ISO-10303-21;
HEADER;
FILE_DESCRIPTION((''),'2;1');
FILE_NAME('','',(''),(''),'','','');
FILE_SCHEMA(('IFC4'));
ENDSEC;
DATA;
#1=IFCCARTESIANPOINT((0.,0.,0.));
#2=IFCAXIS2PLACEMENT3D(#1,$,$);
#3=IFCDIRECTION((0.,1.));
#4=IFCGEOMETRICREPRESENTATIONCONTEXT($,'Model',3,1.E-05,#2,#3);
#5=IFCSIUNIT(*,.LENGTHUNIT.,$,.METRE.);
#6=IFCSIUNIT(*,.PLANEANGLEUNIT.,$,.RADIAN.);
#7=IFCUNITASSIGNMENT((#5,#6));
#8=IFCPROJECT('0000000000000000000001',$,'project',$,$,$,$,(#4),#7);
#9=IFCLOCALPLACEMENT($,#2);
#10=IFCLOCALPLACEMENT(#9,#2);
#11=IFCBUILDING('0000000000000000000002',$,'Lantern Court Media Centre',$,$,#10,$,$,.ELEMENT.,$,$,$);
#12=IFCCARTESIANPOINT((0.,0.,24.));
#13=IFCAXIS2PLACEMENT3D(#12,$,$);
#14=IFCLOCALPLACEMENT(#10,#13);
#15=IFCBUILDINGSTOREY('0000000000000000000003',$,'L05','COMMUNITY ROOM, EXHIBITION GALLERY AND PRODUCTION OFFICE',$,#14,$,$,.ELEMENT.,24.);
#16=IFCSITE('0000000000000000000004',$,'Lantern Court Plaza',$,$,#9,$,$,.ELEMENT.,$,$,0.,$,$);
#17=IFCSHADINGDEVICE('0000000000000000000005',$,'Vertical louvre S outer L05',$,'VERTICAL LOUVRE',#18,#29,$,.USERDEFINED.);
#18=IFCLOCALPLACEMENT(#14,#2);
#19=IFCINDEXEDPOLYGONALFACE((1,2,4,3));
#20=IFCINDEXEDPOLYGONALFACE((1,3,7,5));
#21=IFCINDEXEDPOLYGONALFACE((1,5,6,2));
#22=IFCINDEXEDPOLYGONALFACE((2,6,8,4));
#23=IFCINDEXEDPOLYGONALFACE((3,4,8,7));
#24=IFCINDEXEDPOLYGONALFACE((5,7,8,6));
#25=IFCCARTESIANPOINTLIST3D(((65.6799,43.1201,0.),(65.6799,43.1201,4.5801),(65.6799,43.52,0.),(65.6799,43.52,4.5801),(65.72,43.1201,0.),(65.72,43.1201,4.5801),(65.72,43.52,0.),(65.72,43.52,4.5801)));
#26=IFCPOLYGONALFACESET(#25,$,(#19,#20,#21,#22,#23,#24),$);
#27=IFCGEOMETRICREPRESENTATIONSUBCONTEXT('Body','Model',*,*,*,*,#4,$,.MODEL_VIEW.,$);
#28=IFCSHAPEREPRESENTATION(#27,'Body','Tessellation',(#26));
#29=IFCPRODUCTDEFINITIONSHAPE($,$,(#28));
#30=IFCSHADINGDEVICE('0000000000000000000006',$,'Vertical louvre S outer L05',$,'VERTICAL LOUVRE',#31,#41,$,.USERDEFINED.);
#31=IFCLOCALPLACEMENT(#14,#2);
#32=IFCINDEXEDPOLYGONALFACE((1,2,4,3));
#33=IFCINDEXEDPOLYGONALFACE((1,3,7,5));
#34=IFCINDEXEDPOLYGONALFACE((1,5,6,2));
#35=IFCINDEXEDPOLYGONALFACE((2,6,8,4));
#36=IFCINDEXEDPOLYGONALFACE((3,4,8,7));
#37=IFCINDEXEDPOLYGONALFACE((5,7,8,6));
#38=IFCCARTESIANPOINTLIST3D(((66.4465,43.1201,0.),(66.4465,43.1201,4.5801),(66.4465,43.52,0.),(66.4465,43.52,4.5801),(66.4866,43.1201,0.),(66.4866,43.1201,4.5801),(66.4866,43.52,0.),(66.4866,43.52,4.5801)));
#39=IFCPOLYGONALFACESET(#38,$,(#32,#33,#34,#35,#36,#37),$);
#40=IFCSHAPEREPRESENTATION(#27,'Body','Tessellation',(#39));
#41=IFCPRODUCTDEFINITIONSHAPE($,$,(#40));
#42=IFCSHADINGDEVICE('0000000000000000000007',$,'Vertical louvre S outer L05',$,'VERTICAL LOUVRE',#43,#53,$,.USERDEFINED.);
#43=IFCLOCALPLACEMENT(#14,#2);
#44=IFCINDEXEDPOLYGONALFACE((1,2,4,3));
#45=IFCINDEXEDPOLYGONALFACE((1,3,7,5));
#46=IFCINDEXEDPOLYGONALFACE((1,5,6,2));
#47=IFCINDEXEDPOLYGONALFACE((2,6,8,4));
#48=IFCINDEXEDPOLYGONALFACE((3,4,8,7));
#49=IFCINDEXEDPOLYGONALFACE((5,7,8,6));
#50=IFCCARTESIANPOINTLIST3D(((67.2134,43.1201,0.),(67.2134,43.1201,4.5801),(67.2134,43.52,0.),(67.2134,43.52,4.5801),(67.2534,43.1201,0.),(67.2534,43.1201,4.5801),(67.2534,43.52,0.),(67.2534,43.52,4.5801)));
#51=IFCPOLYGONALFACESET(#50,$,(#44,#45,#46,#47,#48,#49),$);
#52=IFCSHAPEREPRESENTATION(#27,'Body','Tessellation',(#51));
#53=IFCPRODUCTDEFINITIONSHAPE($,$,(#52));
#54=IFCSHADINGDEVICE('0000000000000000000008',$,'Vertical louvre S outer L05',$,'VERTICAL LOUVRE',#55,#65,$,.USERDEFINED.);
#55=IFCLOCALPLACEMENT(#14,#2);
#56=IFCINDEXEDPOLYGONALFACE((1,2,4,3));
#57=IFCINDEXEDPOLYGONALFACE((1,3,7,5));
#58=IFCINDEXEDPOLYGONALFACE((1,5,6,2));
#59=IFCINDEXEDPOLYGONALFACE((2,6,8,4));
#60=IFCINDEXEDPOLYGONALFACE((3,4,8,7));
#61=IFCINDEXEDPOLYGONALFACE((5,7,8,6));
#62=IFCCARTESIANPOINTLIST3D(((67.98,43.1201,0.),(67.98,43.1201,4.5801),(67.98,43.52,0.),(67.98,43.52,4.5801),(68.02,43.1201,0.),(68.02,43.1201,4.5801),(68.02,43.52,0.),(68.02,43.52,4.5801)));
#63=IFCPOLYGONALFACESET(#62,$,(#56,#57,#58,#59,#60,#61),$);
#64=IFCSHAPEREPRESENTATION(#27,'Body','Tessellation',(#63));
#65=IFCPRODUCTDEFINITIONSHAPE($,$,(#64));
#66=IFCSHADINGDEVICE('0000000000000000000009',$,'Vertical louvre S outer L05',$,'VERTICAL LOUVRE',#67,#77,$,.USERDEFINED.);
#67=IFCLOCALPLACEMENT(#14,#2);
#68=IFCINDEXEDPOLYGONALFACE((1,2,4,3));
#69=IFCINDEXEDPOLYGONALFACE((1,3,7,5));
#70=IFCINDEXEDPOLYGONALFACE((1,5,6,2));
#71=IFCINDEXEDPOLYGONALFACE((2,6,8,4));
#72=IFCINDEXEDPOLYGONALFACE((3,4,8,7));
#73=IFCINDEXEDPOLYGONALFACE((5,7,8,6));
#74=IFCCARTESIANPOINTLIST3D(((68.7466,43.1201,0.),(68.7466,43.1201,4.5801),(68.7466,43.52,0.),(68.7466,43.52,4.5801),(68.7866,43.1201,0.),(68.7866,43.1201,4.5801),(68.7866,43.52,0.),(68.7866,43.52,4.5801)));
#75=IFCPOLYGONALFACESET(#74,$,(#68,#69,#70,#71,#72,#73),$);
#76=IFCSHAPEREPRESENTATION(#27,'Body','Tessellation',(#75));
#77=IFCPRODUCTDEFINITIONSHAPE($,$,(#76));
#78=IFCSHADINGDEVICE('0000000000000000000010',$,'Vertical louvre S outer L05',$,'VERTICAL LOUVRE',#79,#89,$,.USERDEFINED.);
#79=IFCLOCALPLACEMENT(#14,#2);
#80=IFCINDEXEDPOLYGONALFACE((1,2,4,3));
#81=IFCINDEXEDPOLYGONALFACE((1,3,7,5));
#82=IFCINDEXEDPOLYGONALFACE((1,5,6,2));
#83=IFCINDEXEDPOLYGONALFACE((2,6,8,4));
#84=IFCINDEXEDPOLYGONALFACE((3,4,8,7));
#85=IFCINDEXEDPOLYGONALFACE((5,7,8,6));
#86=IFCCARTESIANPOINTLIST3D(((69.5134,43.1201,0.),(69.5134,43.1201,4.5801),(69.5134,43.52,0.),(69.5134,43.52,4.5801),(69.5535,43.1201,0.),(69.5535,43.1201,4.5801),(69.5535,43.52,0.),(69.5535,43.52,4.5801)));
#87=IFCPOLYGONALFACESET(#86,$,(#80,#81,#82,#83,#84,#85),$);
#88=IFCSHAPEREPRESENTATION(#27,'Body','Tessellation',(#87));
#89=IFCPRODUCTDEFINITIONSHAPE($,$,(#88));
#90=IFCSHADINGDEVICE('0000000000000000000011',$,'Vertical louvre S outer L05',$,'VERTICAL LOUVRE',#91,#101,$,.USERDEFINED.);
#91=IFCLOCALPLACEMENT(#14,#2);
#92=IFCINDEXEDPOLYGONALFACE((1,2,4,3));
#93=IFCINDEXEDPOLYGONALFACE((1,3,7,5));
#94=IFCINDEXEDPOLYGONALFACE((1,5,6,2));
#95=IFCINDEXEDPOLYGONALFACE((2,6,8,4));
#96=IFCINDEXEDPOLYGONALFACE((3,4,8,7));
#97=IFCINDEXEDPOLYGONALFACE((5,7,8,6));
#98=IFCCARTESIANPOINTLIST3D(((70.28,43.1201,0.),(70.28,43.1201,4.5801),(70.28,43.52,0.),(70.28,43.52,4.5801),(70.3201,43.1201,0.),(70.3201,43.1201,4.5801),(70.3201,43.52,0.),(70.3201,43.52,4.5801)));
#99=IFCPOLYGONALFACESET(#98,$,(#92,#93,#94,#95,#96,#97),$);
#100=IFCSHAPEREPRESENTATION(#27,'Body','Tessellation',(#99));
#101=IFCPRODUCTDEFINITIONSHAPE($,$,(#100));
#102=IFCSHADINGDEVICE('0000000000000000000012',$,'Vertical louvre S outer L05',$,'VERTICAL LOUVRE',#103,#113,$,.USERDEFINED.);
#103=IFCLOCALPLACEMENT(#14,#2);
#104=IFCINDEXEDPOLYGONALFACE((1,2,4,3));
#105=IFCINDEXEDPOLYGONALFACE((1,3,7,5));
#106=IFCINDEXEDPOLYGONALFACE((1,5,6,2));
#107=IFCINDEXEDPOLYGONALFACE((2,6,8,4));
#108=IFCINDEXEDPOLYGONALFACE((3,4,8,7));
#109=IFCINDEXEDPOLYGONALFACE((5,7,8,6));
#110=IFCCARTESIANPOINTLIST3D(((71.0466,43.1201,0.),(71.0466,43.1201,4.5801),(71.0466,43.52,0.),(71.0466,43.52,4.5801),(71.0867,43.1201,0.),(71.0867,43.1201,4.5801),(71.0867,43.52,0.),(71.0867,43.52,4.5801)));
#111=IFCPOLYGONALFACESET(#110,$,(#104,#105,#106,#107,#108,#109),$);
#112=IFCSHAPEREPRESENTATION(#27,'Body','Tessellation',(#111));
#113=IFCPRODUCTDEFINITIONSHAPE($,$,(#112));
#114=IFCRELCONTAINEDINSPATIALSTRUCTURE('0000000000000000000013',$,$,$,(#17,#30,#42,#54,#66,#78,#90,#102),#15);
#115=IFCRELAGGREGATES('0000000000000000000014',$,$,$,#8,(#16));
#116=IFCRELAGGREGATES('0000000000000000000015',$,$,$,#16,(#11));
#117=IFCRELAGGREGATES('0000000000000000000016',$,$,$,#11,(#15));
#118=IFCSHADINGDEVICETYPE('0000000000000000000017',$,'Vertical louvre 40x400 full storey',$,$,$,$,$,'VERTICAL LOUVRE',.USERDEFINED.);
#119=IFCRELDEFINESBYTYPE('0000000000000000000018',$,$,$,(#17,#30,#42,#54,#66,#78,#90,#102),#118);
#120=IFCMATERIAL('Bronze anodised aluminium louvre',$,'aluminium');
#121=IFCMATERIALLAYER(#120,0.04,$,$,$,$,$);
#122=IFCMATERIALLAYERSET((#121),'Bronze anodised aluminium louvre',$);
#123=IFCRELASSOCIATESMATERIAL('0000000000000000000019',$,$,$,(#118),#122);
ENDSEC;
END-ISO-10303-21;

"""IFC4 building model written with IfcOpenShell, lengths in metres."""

from ifc_helpers import new_model, si_unit, direction, frame, origin, origin_2d, place, context, subcontext, project, spatial, rectangle, extrude, material, layer, layer_set, type_object, element, save


model = new_model("IFC4")

# Units and contexts
model_context = context("Model", 3, precision=1e-05, world=origin(), true_north=direction((0.0, 1.0)))
body_context = subcontext(model_context, "Body", "Model", "MODEL_VIEW")
ifc_project = project(units=[si_unit("LENGTHUNIT", "METRE"), si_unit("PLANEANGLEUNIT", "RADIAN")], contexts=[model_context])

# Site, building, storey
site_placement = place(None, origin())
site = spatial("IfcSite", under=ifc_project, at=site_placement, Name="Lantern Court Plaza", CompositionType="ELEMENT", RefElevation=0.0)
building_placement = place(site_placement, origin())
building = spatial("IfcBuilding", under=site, at=building_placement, Name="Lantern Court Media Centre", CompositionType="ELEMENT")
storey_placement = place(building_placement, frame((0.0, 0.0, 24.0)))
storey = spatial("IfcBuildingStorey", under=building, at=storey_placement, Name="L05", Description="COMMUNITY ROOM, EXHIBITION GALLERY AND PRODUCTION OFFICE", CompositionType="ELEMENT", Elevation=24.0)

# Shading devices
ifc_material_1 = material(Name="Bronze anodised aluminium louvre", Category="aluminium")
ifc_layer_1 = layer(ifc_material_1, 0.04)
ifc_layer_set_1 = layer_set([ifc_layer_1], Name="Bronze anodised aluminium louvre")
shading_device_type = type_object("IfcShadingDeviceType", Name="Vertical louvre 40x400 full storey", ElementType="VERTICAL LOUVRE", PredefinedType="USERDEFINED", material=ifc_layer_set_1)
for number, where, z_axis, x_axis, name in (
    (1, (65.7, 43.3201, 0.0), (0.0, 0.0, 1.0), (1.0, 0.0, 0.0), "Vertical louvre S outer L05"),
    (2, (66.4666, 43.3201, 0.0), (0.0, 0.0, 1.0), (1.0, 0.0, 0.0), "Vertical louvre S outer L05"),
    (3, (67.2334, 43.3201, 0.0), (0.0, 0.0, 1.0), (1.0, 0.0, 0.0), "Vertical louvre S outer L05"),
    (4, (68.0, 43.3201, 0.0), (0.0, 0.0, 1.0), (1.0, 0.0, 0.0), "Vertical louvre S outer L05"),
    (5, (68.7666, 43.3201, 0.0), (0.0, 0.0, 1.0), (1.0, 0.0, 0.0), "Vertical louvre S outer L05"),
    (6, (69.5334, 43.3201, 0.0), (0.0, 0.0, 1.0), (1.0, 0.0, 0.0), "Vertical louvre S outer L05"),
    (7, (70.3, 43.3201, 0.0), (0.0, 0.0, 1.0), (1.0, 0.0, 0.0), "Vertical louvre S outer L05"),
    (8, (71.0667, 43.3201, 0.0), (0.0, 0.0, 1.0), (1.0, 0.0, 0.0), "Vertical louvre S outer L05"),
):
    element("IfcShadingDevice", number, at=place(storey_placement, frame(where, z_axis=z_axis, x_axis=x_axis)), inside=storey, type_object=shading_device_type, Name=name, ObjectType="VERTICAL LOUVRE", PredefinedType="USERDEFINED", context=body_context, shape_type="SweptSolid", body=[
        extrude(rectangle(XDim=0.04, YDim=0.3999, at=origin_2d()), origin(), (0.0, 0.0, 1.0), 4.5801),
    ])

save(model, "model.ifc")
